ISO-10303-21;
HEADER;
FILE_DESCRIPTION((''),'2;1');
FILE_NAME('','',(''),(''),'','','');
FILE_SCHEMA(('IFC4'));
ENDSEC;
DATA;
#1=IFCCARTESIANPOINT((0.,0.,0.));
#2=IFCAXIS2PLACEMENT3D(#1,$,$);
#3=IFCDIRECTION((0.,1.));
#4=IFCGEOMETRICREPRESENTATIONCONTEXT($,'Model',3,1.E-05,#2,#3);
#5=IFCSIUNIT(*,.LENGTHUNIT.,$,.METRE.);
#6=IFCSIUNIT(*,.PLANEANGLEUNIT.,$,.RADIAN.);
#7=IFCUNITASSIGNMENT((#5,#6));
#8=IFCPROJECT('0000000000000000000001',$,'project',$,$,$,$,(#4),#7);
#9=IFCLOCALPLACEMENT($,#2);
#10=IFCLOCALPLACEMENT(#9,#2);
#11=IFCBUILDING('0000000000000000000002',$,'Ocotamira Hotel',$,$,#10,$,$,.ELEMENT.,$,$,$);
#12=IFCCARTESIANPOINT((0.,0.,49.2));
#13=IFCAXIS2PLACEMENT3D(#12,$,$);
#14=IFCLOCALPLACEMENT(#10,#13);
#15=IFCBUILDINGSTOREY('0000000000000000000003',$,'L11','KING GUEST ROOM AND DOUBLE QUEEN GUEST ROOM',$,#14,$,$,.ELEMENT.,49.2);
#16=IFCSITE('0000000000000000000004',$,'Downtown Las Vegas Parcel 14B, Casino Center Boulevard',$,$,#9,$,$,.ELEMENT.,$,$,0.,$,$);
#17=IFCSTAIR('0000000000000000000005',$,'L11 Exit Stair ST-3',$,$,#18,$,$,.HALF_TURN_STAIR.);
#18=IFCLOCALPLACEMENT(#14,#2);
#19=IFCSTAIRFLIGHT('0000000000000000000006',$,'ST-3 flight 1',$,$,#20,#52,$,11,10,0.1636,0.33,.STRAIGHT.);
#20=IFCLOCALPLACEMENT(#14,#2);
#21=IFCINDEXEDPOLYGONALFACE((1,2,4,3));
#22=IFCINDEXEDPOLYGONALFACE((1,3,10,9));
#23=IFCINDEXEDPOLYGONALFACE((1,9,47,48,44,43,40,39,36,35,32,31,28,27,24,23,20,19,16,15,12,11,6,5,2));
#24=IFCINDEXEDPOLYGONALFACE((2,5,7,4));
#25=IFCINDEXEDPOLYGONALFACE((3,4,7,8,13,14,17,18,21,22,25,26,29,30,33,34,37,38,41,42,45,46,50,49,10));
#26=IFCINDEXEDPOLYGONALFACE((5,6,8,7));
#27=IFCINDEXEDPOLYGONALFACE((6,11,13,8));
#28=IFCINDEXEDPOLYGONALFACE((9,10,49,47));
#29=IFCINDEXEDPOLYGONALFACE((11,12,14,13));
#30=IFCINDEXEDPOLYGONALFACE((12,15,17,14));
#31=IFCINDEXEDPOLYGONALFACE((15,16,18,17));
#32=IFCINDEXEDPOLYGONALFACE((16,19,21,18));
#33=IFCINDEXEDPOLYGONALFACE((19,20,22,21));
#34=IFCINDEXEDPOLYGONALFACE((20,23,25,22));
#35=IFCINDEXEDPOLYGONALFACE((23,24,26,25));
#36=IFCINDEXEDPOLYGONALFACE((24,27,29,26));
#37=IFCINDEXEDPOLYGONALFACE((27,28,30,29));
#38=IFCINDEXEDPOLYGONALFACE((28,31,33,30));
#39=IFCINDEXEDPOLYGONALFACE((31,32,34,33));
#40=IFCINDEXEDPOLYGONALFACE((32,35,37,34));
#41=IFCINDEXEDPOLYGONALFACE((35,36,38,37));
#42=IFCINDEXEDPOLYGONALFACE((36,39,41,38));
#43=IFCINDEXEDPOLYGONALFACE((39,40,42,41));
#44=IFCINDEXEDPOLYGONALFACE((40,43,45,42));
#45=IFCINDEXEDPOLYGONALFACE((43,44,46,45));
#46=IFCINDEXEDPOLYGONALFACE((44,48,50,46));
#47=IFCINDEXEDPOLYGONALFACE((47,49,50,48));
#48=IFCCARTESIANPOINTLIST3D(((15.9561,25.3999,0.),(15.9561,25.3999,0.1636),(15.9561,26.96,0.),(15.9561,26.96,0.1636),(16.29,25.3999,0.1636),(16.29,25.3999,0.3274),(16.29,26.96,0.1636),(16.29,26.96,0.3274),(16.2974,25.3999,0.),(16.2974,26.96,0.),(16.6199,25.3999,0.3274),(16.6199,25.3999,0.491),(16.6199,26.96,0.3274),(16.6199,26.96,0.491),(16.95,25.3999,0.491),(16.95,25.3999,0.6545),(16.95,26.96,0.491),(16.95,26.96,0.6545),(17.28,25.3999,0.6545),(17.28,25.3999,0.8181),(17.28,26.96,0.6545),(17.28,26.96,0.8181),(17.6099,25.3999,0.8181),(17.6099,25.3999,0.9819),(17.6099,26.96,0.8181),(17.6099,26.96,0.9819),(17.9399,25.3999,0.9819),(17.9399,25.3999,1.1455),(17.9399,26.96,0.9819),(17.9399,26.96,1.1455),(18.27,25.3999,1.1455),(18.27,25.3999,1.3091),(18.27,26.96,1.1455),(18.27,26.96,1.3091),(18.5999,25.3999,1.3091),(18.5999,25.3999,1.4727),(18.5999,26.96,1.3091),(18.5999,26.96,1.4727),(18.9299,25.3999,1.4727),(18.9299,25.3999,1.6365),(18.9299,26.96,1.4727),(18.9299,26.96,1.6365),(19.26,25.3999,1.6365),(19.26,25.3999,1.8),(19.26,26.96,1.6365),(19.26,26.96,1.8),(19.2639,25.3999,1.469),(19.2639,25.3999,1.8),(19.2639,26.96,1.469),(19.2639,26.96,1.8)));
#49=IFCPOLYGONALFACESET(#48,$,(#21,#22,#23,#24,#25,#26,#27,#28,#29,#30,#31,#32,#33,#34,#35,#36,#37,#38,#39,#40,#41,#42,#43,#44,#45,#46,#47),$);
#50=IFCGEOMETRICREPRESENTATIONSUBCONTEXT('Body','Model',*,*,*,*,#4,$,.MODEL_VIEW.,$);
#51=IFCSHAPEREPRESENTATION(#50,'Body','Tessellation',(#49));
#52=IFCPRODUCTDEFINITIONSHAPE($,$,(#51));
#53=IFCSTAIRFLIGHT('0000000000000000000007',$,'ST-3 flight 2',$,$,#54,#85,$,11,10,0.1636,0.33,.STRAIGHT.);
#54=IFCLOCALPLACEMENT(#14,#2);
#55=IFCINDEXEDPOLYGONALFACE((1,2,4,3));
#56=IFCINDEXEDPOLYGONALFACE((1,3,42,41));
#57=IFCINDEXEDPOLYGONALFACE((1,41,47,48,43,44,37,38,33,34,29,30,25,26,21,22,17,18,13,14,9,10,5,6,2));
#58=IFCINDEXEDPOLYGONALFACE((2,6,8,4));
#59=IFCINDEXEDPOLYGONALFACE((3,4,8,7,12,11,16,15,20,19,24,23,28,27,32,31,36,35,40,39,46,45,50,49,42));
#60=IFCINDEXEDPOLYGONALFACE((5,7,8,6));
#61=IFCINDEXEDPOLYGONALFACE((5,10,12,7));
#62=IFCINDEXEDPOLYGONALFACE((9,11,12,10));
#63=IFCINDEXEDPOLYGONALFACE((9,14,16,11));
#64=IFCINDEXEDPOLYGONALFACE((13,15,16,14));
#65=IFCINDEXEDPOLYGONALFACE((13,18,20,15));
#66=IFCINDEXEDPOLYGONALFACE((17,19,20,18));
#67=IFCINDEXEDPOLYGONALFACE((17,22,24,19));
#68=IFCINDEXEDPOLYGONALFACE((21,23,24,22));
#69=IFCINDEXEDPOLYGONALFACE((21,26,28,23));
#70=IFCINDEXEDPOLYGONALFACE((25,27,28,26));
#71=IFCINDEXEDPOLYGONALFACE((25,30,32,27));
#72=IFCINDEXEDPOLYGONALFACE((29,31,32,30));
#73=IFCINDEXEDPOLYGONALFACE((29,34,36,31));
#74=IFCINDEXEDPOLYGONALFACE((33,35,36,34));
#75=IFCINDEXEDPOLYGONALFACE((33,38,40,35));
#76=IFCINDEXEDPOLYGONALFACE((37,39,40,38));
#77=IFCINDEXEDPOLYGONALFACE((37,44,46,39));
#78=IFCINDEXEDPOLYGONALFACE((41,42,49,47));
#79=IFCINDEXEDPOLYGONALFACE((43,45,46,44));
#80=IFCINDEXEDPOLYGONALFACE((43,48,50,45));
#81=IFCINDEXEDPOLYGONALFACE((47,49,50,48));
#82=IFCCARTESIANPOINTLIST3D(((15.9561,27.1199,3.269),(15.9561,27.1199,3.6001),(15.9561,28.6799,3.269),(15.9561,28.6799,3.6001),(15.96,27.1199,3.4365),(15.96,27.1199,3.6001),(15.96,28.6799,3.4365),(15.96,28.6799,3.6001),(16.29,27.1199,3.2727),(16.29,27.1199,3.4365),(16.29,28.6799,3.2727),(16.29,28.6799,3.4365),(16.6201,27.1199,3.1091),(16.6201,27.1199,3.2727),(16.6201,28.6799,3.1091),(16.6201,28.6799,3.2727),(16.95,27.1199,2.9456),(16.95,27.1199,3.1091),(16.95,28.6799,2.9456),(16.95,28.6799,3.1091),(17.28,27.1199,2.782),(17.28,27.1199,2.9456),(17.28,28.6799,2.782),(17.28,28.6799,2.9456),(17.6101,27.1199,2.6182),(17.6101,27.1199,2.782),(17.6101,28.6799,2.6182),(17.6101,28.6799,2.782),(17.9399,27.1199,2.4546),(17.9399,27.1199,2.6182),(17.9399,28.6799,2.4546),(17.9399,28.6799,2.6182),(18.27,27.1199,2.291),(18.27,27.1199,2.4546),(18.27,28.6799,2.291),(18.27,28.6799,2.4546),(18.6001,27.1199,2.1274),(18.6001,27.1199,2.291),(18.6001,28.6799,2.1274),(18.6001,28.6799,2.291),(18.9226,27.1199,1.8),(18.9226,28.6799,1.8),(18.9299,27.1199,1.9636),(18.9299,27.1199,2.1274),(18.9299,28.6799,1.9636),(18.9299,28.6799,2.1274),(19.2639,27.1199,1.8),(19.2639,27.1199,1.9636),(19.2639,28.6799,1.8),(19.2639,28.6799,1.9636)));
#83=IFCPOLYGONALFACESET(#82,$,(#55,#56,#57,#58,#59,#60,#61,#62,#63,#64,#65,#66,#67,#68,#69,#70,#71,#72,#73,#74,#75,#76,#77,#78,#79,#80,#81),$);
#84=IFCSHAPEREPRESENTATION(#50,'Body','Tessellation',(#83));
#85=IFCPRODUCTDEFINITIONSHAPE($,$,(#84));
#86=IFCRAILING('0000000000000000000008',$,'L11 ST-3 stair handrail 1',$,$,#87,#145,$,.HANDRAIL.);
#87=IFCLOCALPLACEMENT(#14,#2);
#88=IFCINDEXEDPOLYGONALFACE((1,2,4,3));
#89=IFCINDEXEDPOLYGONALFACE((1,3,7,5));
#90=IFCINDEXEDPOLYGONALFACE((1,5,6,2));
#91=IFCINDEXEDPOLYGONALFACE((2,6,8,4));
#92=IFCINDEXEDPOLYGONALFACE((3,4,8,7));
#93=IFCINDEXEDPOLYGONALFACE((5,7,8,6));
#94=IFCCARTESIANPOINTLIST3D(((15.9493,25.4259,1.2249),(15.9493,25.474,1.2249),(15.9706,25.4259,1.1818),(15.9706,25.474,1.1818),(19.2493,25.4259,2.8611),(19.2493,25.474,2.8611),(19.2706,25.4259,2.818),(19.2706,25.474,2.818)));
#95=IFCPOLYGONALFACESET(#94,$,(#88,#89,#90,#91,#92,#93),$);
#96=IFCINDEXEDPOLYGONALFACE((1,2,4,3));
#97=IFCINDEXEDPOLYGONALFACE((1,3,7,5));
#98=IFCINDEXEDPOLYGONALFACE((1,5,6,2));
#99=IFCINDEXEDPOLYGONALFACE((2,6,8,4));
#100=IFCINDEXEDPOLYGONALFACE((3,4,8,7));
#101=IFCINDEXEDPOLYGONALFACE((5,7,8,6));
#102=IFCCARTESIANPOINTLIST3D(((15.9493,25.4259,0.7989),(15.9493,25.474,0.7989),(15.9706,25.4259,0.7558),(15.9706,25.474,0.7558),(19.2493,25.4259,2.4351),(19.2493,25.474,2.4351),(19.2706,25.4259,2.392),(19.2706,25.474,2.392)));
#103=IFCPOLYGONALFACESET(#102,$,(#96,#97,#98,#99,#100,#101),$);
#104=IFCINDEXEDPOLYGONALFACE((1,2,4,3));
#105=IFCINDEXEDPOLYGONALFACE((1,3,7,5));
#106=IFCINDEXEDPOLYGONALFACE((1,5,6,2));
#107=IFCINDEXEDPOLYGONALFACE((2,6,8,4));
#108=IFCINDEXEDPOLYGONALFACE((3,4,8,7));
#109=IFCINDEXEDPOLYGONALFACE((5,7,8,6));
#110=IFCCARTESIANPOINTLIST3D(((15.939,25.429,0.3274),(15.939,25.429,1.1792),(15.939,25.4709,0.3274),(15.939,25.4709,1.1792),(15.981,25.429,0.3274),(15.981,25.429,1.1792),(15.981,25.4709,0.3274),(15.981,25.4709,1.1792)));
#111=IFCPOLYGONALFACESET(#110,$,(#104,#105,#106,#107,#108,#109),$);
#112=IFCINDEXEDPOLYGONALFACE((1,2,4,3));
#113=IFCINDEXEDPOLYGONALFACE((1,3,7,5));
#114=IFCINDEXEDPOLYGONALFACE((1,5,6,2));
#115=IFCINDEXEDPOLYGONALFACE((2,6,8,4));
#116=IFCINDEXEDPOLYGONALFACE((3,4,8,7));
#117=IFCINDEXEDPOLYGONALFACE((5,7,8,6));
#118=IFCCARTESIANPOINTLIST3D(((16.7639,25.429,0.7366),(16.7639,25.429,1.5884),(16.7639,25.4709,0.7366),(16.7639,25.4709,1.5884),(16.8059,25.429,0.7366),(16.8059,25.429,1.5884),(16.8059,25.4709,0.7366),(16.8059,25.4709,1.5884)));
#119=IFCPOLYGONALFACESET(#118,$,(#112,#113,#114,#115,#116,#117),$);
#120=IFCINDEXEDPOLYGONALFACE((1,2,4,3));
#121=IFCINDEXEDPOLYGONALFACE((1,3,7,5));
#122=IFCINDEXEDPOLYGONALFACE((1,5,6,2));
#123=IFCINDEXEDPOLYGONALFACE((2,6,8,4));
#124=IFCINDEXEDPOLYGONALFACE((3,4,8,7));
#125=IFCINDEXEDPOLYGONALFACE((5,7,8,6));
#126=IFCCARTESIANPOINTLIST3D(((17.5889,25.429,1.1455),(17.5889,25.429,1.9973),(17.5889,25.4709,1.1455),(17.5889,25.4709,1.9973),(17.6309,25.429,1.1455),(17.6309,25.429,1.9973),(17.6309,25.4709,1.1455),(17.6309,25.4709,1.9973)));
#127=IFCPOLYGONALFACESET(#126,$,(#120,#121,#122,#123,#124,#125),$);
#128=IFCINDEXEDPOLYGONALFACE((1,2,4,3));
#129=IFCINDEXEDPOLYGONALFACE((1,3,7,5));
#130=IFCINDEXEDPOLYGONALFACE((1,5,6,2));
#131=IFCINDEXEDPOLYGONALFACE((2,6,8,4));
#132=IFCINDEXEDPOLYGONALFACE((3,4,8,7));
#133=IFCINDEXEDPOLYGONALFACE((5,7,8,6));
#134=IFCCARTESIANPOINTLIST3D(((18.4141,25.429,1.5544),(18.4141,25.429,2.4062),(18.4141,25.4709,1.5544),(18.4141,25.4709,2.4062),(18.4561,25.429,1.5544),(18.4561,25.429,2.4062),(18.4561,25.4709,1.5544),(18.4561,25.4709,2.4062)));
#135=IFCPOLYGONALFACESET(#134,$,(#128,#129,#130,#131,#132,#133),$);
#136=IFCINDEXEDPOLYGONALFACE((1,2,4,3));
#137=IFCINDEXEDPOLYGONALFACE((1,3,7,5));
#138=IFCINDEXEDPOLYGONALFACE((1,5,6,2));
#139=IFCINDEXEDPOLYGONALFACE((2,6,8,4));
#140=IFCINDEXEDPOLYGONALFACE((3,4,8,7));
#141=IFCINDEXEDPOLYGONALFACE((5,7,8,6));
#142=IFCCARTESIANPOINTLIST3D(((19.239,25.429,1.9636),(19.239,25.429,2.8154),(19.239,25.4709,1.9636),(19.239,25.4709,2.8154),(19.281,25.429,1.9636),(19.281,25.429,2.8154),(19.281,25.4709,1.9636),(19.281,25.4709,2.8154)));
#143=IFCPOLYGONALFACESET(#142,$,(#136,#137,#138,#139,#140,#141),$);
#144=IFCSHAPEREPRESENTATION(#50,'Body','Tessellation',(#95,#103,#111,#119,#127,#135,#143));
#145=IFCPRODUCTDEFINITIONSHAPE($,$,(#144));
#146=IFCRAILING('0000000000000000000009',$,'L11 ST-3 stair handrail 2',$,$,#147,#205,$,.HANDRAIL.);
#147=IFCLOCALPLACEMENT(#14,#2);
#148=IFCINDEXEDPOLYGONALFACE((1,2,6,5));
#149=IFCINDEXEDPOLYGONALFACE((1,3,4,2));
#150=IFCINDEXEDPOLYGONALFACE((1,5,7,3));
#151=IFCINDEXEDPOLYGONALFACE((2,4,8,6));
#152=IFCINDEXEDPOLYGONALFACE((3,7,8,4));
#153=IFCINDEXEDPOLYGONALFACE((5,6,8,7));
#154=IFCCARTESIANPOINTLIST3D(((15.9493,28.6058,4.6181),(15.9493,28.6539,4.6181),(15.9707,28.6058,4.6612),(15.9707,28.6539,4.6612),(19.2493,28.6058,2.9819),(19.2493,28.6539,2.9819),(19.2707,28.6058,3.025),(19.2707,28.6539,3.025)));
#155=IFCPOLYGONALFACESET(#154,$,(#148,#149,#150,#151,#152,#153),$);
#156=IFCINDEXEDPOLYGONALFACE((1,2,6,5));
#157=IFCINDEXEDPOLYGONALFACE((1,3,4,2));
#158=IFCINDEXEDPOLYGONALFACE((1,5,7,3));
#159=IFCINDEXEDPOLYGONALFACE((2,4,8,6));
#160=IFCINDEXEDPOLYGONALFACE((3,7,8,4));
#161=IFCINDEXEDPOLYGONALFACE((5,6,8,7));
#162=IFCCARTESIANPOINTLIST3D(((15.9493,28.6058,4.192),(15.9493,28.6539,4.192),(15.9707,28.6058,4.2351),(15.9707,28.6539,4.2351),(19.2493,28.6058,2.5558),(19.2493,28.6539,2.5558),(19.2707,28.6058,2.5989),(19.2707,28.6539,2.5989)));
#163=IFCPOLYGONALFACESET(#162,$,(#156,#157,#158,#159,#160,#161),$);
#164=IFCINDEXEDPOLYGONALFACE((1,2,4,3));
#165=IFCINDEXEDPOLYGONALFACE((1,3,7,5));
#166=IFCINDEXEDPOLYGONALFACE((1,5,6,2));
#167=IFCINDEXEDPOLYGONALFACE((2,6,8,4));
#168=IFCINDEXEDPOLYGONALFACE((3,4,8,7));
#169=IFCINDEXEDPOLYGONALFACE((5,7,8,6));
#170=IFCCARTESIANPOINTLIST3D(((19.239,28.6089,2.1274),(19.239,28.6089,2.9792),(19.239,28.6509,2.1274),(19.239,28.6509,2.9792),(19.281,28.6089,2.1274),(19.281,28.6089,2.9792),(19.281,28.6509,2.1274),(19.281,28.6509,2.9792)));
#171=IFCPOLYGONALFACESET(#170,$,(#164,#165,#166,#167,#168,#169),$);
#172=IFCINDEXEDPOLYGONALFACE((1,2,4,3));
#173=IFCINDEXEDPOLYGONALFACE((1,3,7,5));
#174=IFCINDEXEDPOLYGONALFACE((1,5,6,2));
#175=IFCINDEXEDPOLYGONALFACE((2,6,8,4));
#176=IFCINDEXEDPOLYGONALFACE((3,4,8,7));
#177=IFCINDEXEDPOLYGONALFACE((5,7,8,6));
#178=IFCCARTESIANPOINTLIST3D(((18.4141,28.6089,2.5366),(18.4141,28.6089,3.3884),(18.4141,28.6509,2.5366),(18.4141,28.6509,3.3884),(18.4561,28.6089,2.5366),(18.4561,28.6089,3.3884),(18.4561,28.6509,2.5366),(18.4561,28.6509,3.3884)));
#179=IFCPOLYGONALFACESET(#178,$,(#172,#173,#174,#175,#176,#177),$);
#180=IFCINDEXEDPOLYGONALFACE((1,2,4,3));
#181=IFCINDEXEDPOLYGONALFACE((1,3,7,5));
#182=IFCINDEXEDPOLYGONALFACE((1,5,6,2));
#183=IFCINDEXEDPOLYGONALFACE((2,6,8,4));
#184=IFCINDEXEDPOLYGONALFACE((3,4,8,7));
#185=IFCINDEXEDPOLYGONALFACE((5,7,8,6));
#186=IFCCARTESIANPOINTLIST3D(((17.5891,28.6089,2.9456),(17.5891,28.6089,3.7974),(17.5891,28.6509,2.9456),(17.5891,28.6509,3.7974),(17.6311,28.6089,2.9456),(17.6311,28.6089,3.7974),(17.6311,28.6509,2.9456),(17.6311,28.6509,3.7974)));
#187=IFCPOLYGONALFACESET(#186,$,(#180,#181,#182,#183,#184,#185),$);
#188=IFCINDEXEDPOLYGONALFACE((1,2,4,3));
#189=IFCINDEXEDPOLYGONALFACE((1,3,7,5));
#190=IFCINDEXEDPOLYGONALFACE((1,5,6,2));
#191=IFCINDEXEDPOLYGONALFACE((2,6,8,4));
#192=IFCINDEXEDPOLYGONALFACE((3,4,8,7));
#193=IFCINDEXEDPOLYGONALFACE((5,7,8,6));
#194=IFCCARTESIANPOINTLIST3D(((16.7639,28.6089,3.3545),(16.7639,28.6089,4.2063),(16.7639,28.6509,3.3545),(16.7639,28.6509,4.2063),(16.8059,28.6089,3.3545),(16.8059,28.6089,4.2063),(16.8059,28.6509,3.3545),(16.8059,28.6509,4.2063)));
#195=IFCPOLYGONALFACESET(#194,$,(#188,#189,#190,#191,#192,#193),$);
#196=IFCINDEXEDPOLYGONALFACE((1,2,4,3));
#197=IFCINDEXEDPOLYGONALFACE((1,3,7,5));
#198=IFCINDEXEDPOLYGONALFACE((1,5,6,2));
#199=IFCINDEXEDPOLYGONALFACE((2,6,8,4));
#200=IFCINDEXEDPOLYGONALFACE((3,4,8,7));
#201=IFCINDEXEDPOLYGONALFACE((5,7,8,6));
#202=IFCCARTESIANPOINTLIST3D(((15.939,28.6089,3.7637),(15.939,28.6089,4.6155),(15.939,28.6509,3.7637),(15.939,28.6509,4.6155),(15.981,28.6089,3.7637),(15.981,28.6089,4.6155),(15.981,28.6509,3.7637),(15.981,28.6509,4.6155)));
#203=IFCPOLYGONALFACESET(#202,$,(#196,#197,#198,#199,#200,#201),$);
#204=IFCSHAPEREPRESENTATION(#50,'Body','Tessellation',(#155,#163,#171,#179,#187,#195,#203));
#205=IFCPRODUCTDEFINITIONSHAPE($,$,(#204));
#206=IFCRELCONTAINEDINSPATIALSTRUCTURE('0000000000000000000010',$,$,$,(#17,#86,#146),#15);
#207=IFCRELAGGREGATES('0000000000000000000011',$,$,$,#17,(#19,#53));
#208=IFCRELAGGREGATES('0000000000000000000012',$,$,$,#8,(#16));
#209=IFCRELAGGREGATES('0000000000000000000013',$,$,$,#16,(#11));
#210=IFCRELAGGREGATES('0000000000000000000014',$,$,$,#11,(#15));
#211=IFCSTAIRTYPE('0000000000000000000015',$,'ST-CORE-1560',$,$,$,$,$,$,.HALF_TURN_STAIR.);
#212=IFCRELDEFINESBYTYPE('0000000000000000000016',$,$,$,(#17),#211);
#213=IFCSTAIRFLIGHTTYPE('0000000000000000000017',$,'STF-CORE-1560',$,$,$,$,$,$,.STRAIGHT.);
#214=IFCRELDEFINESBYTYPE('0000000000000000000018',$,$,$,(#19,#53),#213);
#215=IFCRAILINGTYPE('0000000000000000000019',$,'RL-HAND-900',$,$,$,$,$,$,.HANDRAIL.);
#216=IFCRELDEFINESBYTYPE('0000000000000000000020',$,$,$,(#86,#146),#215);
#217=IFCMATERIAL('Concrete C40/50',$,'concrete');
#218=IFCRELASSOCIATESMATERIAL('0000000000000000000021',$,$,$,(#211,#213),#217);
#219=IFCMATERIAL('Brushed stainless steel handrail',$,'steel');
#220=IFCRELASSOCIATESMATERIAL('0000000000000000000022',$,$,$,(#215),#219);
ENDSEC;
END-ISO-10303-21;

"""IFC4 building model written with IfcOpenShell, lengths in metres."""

from ifc_helpers import new_model, si_unit, direction, frame, origin, origin_2d, place, context, subcontext, project, spatial, polyline, rectangle, outline, extrude, source, transform, mapped, material, type_object, element, aggregate, save


model = new_model("IFC4")

# Units and contexts
model_context = context("Model", 3, precision=1e-05, world=origin(), true_north=direction((0.0, 1.0)))
body_context = subcontext(model_context, "Body", "Model", "MODEL_VIEW")
ifc_project = project(units=[si_unit("LENGTHUNIT", "METRE"), si_unit("PLANEANGLEUNIT", "RADIAN")], contexts=[model_context])

# Site, building, storey
site_placement = place(None, origin())
site = spatial("IfcSite", under=ifc_project, at=site_placement, Name="Downtown Las Vegas Parcel 14B, Casino Center Boulevard", CompositionType="ELEMENT", RefElevation=0.0)
building_placement = place(site_placement, origin())
building = spatial("IfcBuilding", under=site, at=building_placement, Name="Ocotamira Hotel", CompositionType="ELEMENT")
storey_placement = place(building_placement, frame((0.0, 0.0, 49.2)))
storey = spatial("IfcBuildingStorey", under=building, at=storey_placement, Name="L11", Description="KING GUEST ROOM AND DOUBLE QUEEN GUEST ROOM", CompositionType="ELEMENT", Elevation=49.2)

# Stair, stair flights
ifc_material_1 = material(Name="Concrete C40/50", Category="concrete")
stair_type = type_object("IfcStairType", Name="ST-CORE-1560", PredefinedType="HALF_TURN_STAIR", material=ifc_material_1)
stair_placement = place(storey_placement, origin())
stair = element("IfcStair", 1, at=stair_placement, inside=storey, type_object=stair_type, Name="L11 Exit Stair ST-3", PredefinedType="HALF_TURN_STAIR")
stair_flight_type = type_object("IfcStairFlightType", Name="STF-CORE-1560", PredefinedType="STRAIGHT", material=ifc_material_1)
shared_shape_1 = source(origin(), body_context, "Body", "SweptSolid", [
    extrude(outline(polyline([(-0.0039, 0.0), (-0.0039, 0.1636), (0.3301, 0.1636), (0.3301, 0.3274), (0.6599, 0.3274), (0.6599, 0.491), (0.99, 0.491), (0.99, 0.6545), (1.3201, 0.6545), (1.3201, 0.8181), (1.6499, 0.8181), (1.6499, 0.9819), (1.98, 0.9819), (1.98, 1.1455), (2.3101, 1.1455), (2.3101, 1.3091), (2.6399, 1.3091), (2.6399, 1.4727), (2.97, 1.4727), (2.97, 1.6365), (3.3, 1.6365), (3.3, 1.8), (3.304, 1.8), (3.304, 1.469), (0.3374, 0.0), (-0.0039, 0.0)])), frame((0.0, 0.78, 0.0), z_axis=(0.0, -1.0, 0.0), x_axis=(1.0, 0.0, 0.0)), (0.0, 0.0, 1.0), 1.5601),
])
stair_flight_1_placement = place(storey_placement, frame((15.96, 26.1799, 0.0), z_axis=(0.0, 0.0, 1.0), x_axis=(1.0, 0.0, 0.0)))
stair_flight_1 = element("IfcStairFlight", 2, at=stair_flight_1_placement, type_object=stair_flight_type, Name="ST-3 flight 1", NumberOfRisers=11, NumberOfTreads=10, PredefinedType="STRAIGHT", RiserHeight=0.1636, TreadLength=0.33, context=body_context, shape_type="MappedRepresentation", body=[
    mapped(shared_shape_1, transform((0.0, 0.0, 0.0), scale=1.0)),
])
stair_flight_2_placement = place(storey_placement, frame((19.26, 27.8999, 1.8), z_axis=(0.0, 0.0, 1.0), x_axis=(-1.0, 0.0, 0.0)))
stair_flight_2 = element("IfcStairFlight", 3, at=stair_flight_2_placement, type_object=stair_flight_type, Name="ST-3 flight 2", NumberOfRisers=11, NumberOfTreads=10, PredefinedType="STRAIGHT", RiserHeight=0.1636, TreadLength=0.33, context=body_context, shape_type="MappedRepresentation", body=[
    mapped(shared_shape_1, transform((0.0, 0.0, 0.0), scale=1.0)),
])
aggregate(stair, [stair_flight_1, stair_flight_2])

# Railings
ifc_material_2 = material(Name="Brushed stainless steel handrail", Category="steel")
railing_type_1 = type_object("IfcRailingType", Name="RL-HAND-900", PredefinedType="HANDRAIL", material=ifc_material_2)
railing_1_placement = place(storey_placement, frame((15.96, 25.45, 0.3274)))
element("IfcRailing", 4, at=railing_1_placement, inside=storey, type_object=railing_type_1, Name="L11 ST-3 stair handrail 1", PredefinedType="HANDRAIL", context=body_context, shape_type="SweptSolid", body=[
    extrude(rectangle(XDim=0.0481, YDim=0.0481, at=origin_2d()), frame((0.0, 0.0, 0.876), z_axis=(0.89592, 0.0, 0.444215), x_axis=(0.0, 1.0, 0.0)), (0.0, 0.0, 1.0), 3.6833),
    extrude(rectangle(XDim=0.0481, YDim=0.0481, at=origin_2d()), frame((0.0, 0.0, 0.45), z_axis=(0.89592, 0.0, 0.444215), x_axis=(0.0, 1.0, 0.0)), (0.0, 0.0, 1.0), 3.6833),
    extrude(rectangle(XDim=0.042, YDim=0.042, at=origin_2d()), origin(), (0.0, 0.0, 1.0), 0.8518),
    extrude(rectangle(XDim=0.042, YDim=0.042, at=origin_2d()), frame((0.825, 0.0, 0.4092)), (0.0, 0.0, 1.0), 0.8518),
    extrude(rectangle(XDim=0.042, YDim=0.042, at=origin_2d()), frame((1.6499, 0.0, 0.8181)), (0.0, 0.0, 1.0), 0.8518),
    extrude(rectangle(XDim=0.042, YDim=0.042, at=origin_2d()), frame((2.4751, 0.0, 1.2271)), (0.0, 0.0, 1.0), 0.8518),
    extrude(rectangle(XDim=0.042, YDim=0.042, at=origin_2d()), frame((3.3, 0.0, 1.6362)), (0.0, 0.0, 1.0), 0.8518),
])
railing_2_placement = place(storey_placement, frame((19.26, 28.6299, 2.1274)))
element("IfcRailing", 5, at=railing_2_placement, inside=storey, type_object=railing_type_1, Name="L11 ST-3 stair handrail 2", PredefinedType="HANDRAIL", context=body_context, shape_type="SweptSolid", body=[
    extrude(rectangle(XDim=0.0481, YDim=0.0481, at=origin_2d()), frame((0.0, 0.0, 0.876), z_axis=(-0.89592, 0.0, 0.444215), x_axis=(0.0, -1.0, 0.0)), (0.0, 0.0, 1.0), 3.6833),
    extrude(rectangle(XDim=0.0481, YDim=0.0481, at=origin_2d()), frame((0.0, 0.0, 0.45), z_axis=(-0.89592, 0.0, 0.444215), x_axis=(0.0, -1.0, 0.0)), (0.0, 0.0, 1.0), 3.6833),
    extrude(rectangle(XDim=0.042, YDim=0.042, at=origin_2d()), origin(), (0.0, 0.0, 1.0), 0.8518),
    extrude(rectangle(XDim=0.042, YDim=0.042, at=origin_2d()), frame((-0.825, 0.0, 0.4092)), (0.0, 0.0, 1.0), 0.8518),
    extrude(rectangle(XDim=0.042, YDim=0.042, at=origin_2d()), frame((-1.6499, 0.0, 0.8181)), (0.0, 0.0, 1.0), 0.8518),
    extrude(rectangle(XDim=0.042, YDim=0.042, at=origin_2d()), frame((-2.4751, 0.0, 1.2271)), (0.0, 0.0, 1.0), 0.8518),
    extrude(rectangle(XDim=0.042, YDim=0.042, at=origin_2d()), frame((-3.3, 0.0, 1.6362)), (0.0, 0.0, 1.0), 0.8518),
])

save(model, "model.ifc")
